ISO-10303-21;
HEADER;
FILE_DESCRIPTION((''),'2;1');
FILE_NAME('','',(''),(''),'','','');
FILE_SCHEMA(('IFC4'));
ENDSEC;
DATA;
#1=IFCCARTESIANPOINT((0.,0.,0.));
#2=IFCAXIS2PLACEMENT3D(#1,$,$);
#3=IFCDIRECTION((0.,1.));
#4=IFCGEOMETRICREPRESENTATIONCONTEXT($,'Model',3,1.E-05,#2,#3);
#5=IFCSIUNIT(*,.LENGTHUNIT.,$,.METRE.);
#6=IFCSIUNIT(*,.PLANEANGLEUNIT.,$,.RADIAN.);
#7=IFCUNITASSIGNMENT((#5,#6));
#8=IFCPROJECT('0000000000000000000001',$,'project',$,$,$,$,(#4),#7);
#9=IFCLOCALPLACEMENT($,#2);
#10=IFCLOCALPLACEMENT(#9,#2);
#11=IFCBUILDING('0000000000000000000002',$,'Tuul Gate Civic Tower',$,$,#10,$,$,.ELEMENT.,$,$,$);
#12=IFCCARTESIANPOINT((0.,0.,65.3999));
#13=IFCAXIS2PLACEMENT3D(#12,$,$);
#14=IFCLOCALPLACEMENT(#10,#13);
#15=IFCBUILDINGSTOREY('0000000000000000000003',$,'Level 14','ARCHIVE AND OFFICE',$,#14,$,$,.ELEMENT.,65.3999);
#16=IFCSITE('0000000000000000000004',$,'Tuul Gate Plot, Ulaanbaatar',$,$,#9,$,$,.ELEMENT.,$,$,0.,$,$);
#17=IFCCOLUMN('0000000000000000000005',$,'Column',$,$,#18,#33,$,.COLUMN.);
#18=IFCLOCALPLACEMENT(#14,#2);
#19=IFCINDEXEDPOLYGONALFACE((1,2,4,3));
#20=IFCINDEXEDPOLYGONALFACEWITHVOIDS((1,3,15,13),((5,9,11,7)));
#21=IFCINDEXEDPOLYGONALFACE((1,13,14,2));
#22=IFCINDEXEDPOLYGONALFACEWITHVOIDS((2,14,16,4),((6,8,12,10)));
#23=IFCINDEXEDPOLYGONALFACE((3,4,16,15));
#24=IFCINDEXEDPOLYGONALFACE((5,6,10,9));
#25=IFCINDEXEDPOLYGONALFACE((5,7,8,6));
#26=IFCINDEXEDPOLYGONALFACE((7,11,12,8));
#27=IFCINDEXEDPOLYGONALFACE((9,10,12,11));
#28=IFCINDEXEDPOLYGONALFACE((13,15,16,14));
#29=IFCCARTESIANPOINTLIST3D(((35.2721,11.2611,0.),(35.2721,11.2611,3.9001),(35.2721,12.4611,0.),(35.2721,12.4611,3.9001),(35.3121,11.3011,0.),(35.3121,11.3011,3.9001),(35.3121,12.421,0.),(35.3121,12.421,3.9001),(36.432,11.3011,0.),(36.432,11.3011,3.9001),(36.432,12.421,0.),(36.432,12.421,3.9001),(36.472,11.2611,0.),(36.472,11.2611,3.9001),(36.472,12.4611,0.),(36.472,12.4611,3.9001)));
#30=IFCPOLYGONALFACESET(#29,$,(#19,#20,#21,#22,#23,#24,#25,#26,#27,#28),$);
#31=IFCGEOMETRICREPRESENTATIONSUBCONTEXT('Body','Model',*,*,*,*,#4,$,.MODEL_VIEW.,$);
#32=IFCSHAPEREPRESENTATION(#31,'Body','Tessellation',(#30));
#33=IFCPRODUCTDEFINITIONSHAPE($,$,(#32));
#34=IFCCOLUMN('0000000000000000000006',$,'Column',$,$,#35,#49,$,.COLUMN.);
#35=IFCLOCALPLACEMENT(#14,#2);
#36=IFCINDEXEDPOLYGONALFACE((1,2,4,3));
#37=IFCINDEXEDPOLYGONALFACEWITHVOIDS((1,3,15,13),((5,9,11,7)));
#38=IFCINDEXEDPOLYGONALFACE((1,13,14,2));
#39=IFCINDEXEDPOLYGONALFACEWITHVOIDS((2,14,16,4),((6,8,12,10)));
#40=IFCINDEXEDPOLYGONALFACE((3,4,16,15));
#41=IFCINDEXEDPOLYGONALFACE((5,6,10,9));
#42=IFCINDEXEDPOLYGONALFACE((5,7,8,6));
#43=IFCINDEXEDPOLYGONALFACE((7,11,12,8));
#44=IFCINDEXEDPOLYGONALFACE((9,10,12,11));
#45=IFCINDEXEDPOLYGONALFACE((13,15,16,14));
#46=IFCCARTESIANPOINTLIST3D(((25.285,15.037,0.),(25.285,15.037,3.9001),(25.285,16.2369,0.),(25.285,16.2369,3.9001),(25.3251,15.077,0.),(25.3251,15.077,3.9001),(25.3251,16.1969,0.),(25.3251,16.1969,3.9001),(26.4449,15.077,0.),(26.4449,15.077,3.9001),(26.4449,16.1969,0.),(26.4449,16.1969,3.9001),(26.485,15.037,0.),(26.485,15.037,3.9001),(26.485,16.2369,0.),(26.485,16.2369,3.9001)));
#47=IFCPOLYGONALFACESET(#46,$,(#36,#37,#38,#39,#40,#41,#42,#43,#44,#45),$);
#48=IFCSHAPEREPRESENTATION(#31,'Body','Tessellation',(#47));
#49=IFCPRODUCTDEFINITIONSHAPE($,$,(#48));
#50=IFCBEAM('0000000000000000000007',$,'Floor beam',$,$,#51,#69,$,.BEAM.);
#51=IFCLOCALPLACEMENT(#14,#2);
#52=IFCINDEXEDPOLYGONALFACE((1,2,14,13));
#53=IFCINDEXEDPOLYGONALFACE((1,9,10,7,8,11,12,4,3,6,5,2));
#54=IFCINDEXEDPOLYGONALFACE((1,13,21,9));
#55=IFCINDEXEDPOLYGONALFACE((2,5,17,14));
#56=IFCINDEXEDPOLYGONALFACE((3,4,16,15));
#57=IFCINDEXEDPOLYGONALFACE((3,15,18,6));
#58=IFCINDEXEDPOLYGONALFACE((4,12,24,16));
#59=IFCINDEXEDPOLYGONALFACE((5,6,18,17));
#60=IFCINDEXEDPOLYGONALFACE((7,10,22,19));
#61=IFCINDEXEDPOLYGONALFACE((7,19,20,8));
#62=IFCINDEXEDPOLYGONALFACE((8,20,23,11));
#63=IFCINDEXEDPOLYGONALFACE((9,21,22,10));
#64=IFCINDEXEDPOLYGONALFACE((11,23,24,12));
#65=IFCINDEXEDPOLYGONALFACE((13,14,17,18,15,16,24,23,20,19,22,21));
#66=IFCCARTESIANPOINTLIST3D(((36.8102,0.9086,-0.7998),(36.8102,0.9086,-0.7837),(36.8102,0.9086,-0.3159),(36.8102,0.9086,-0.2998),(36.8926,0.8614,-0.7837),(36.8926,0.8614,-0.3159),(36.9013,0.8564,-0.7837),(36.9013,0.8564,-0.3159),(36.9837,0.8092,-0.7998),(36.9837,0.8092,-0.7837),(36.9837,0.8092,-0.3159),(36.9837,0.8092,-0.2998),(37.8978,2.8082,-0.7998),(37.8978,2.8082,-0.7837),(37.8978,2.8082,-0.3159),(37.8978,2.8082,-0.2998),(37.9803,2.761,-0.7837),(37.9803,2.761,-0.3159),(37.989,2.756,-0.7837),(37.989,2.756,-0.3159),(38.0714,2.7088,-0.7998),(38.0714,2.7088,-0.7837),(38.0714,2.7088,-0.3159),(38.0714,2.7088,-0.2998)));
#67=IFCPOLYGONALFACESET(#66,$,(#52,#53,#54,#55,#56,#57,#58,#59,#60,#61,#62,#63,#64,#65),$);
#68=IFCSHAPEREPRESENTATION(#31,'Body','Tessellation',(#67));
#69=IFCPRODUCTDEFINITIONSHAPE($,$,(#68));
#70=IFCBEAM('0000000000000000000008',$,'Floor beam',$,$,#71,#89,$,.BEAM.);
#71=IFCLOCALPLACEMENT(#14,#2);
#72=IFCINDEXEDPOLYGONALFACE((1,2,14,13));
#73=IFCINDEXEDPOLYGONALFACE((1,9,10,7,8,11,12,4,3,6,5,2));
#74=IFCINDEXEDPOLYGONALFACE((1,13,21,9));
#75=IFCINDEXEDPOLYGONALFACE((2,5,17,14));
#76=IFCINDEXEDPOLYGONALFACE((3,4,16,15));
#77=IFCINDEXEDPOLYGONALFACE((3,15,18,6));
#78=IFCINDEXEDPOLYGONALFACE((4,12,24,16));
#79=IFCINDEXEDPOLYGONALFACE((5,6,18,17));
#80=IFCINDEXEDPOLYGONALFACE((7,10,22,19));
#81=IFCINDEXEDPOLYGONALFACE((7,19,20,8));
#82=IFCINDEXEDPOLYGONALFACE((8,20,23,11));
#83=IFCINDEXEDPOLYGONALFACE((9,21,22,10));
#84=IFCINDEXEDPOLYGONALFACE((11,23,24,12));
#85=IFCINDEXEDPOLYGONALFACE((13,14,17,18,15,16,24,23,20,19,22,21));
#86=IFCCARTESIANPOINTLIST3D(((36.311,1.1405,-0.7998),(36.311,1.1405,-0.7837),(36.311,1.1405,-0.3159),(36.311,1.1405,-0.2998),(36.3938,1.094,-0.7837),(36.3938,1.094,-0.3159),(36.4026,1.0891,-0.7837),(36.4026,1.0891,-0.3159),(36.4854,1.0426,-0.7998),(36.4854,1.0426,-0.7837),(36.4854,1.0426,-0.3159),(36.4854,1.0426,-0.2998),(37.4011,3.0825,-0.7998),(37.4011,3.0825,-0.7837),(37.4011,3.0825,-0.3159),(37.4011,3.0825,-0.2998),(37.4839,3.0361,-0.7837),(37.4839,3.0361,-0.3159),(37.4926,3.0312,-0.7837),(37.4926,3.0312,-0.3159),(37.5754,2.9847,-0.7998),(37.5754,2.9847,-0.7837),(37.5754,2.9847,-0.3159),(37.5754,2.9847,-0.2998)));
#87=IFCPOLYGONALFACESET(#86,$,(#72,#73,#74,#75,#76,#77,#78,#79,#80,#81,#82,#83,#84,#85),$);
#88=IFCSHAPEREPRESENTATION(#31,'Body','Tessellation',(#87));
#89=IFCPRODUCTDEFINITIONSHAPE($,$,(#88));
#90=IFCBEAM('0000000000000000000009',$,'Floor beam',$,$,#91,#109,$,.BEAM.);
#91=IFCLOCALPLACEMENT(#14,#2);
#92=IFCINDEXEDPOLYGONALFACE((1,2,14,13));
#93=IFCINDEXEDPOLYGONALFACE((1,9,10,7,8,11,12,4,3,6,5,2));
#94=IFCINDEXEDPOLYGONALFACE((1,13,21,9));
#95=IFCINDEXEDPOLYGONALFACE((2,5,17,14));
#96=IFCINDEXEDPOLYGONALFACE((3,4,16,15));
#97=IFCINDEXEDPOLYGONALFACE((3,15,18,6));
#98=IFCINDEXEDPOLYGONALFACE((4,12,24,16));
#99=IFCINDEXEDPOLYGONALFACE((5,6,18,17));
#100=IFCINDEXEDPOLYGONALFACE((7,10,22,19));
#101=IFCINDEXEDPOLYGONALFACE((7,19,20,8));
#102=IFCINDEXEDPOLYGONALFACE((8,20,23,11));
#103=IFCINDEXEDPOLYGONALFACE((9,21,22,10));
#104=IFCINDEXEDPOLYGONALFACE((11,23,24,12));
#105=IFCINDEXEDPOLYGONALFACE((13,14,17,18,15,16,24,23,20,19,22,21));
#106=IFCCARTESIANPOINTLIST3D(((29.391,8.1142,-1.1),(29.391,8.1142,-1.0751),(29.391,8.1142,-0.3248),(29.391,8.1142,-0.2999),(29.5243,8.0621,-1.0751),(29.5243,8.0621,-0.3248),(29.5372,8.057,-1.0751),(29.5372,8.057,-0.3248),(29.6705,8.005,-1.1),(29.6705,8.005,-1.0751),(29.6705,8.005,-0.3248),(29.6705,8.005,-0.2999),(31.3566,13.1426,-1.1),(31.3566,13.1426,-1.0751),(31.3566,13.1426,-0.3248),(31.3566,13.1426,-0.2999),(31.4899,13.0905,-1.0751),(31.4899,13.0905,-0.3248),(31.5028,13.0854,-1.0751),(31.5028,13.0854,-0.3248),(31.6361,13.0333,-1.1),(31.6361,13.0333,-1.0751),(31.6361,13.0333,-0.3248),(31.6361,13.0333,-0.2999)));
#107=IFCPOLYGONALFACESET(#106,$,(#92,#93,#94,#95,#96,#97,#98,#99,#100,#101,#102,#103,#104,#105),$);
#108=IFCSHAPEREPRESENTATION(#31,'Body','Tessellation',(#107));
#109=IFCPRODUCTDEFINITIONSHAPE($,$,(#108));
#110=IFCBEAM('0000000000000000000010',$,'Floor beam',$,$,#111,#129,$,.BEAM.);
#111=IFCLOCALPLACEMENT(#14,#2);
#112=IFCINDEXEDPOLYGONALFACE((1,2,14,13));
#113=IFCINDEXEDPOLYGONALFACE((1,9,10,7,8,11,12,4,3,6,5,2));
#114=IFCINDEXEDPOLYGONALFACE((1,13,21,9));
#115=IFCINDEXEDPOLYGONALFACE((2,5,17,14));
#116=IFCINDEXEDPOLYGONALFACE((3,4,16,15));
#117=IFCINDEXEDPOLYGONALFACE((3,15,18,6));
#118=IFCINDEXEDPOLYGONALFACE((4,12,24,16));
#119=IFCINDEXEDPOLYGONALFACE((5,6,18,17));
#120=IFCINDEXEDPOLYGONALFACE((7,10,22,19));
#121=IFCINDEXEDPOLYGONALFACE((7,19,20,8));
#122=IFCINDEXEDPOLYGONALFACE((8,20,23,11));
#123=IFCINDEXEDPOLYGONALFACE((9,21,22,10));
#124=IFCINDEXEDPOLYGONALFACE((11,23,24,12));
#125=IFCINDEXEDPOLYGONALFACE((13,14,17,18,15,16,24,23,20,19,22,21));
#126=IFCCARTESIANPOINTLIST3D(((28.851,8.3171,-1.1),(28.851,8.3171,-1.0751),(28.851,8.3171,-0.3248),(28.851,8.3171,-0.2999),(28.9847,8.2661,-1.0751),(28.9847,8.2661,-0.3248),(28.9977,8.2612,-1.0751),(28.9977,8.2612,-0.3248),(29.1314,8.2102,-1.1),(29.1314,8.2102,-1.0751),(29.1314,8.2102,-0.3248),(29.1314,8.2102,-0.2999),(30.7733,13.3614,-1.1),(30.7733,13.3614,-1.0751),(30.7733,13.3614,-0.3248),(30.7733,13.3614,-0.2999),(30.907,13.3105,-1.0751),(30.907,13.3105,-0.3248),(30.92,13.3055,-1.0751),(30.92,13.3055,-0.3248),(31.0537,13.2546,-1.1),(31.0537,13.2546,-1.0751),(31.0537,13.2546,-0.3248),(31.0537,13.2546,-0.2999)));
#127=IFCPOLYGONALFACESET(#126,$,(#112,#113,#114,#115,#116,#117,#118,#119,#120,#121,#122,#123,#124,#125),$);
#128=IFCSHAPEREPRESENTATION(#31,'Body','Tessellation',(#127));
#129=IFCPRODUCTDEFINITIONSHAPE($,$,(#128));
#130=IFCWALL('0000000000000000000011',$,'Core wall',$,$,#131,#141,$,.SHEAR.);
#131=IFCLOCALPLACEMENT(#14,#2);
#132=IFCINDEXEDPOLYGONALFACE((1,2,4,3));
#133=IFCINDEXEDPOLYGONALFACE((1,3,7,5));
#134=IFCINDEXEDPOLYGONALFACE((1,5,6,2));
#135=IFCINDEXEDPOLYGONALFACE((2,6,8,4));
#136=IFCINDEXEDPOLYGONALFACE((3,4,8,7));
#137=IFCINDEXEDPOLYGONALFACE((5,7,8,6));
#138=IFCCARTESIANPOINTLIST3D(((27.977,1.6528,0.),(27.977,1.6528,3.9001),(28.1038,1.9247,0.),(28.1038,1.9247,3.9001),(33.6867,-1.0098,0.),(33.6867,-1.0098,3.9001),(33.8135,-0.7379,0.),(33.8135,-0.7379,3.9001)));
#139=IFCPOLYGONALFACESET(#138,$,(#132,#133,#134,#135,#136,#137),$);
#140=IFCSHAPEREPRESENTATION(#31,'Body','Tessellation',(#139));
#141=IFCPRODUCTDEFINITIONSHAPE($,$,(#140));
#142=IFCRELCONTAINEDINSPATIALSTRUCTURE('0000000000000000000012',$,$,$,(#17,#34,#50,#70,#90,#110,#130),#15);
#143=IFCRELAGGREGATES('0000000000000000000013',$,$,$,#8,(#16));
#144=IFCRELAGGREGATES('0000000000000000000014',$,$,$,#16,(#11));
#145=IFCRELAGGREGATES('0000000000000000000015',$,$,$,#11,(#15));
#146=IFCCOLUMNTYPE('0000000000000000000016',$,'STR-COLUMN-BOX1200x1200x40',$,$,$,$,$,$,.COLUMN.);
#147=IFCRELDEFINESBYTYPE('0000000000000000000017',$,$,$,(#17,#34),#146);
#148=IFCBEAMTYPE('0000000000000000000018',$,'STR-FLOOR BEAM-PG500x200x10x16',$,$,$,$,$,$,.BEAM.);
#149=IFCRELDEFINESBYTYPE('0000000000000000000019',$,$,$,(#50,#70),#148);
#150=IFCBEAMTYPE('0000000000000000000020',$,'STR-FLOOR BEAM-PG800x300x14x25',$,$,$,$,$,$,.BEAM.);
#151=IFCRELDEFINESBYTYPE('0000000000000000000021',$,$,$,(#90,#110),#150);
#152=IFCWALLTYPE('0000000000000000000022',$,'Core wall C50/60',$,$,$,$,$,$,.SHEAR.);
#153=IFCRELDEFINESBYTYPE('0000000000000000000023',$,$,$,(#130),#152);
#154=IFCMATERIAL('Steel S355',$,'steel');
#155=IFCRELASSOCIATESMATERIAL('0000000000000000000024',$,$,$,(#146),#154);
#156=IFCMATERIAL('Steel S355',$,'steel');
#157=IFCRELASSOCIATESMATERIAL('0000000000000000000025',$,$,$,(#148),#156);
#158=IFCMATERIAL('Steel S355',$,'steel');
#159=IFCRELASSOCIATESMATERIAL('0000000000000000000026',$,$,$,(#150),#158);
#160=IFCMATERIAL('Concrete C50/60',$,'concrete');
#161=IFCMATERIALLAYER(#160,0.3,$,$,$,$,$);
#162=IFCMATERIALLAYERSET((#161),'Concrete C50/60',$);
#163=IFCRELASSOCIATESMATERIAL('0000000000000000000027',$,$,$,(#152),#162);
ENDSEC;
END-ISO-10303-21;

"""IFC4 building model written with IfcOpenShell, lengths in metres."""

from ifc_helpers import new_model, si_unit, direction, frame, frame_2d, origin, origin_2d, place, context, subcontext, project, spatial, rectangle, hollow_rectangle, i_section, extrude, material, layer, layer_set, material_profile, profile_set, type_object, element, save


model = new_model("IFC4")

# Units and contexts
model_context = context("Model", 3, precision=1e-05, world=origin(), true_north=direction((0.0, 1.0)))
body_context = subcontext(model_context, "Body", "Model", "MODEL_VIEW")
ifc_project = project(units=[si_unit("LENGTHUNIT", "METRE"), si_unit("PLANEANGLEUNIT", "RADIAN")], contexts=[model_context])

# Site, building, storey
site_placement = place(None, origin())
site = spatial("IfcSite", under=ifc_project, at=site_placement, Name="Tuul Gate Plot, Ulaanbaatar", CompositionType="ELEMENT", RefElevation=0.0)
building_placement = place(site_placement, origin())
building = spatial("IfcBuilding", under=site, at=building_placement, Name="Tuul Gate Civic Tower", CompositionType="ELEMENT")
storey_placement = place(building_placement, frame((0.0, 0.0, 65.3999)))
storey = spatial("IfcBuildingStorey", under=building, at=storey_placement, Name="Level 14", Description="ARCHIVE AND OFFICE", CompositionType="ELEMENT", Elevation=65.3999)

# Columns
ifc_material_1 = material(Name="Steel S355", Category="steel")
ifc_material_profile_1 = material_profile(ifc_material_1, hollow_rectangle(XDim=1.2, YDim=1.2, WallThickness=0.04, at=origin_2d()), Name="BOX1200x1200x40")
ifc_profile_set_1 = profile_set([ifc_material_profile_1], Name="Steel S355")
column_type = type_object("IfcColumnType", Name="STR-COLUMN-BOX1200x1200x40", PredefinedType="COLUMN", material=ifc_profile_set_1)
for number, where, z_axis, x_axis, name in (
    (1, (35.8721, 11.8611, 0.0), (0.0, 0.0, 1.0), (1.0, 0.0, 0.0), "Column"),
    (2, (25.885, 15.637, 0.0), (0.0, 0.0, 1.0), (1.0, 0.0, 0.0), "Column"),
):
    element("IfcColumn", number, at=place(storey_placement, frame(where, z_axis=z_axis, x_axis=x_axis)), inside=storey, type_object=column_type, Name=name, PredefinedType="COLUMN", context=body_context, shape_type="SweptSolid", body=[
        extrude(hollow_rectangle(XDim=1.2, YDim=1.2, WallThickness=0.04, at=origin_2d()), origin(), (0.0, 0.0, 1.0), 3.9001),
    ])

# Beams
ifc_material_2 = material(Name="Steel S355", Category="steel")
ifc_material_profile_2 = material_profile(ifc_material_2, i_section(OverallWidth=0.2, OverallDepth=0.5, WebThickness=0.01, FlangeThickness=0.0161, at=origin_2d()), Name="PG500x200x10x16")
ifc_profile_set_2 = profile_set([ifc_material_profile_2], Name="Steel S355")
beam_type_1 = type_object("IfcBeamType", Name="STR-FLOOR BEAM-PG500x200x10x16", PredefinedType="BEAM", material=ifc_profile_set_2)
beam_1_placement = place(storey_placement, frame((36.897, 0.8589, -0.5498), z_axis=(0.496871, 0.867824, 0.0), x_axis=(-0.867824, 0.496871, 0.0)))
element("IfcBeam", 3, at=beam_1_placement, inside=storey, type_object=beam_type_1, Name="Floor beam", PredefinedType="BEAM", context=body_context, shape_type="SweptSolid", body=[
    extrude(i_section(OverallWidth=0.2, OverallDepth=0.5, WebThickness=0.01, FlangeThickness=0.0161, at=origin_2d()), origin(), (0.0, 0.0, 1.0), 2.189),
])
beam_2_placement = place(storey_placement, frame((36.3982, 1.0916, -0.5498), z_axis=(0.489454, 0.872029, 0.0), x_axis=(-0.872029, 0.489454, 0.0)))
element("IfcBeam", 4, at=beam_2_placement, inside=storey, type_object=beam_type_1, Name="Floor beam", PredefinedType="BEAM", context=body_context, shape_type="SweptSolid", body=[
    extrude(i_section(OverallWidth=0.2, OverallDepth=0.5, WebThickness=0.01, FlangeThickness=0.0161, at=origin_2d()), origin(), (0.0, 0.0, 1.0), 2.2271),
])
ifc_material_3 = material(Name="Steel S355", Category="steel")
ifc_material_profile_3 = material_profile(ifc_material_3, i_section(OverallWidth=0.3, OverallDepth=0.8, WebThickness=0.0139, FlangeThickness=0.0249, at=origin_2d()), Name="PG800x300x14x25")
ifc_profile_set_3 = profile_set([ifc_material_profile_3], Name="Steel S355")
beam_type_2 = type_object("IfcBeamType", Name="STR-FLOOR BEAM-PG800x300x14x25", PredefinedType="BEAM", material=ifc_profile_set_3)
beam_3_placement = place(storey_placement, frame((29.5308, 8.0596, -0.7), z_axis=(0.364074, 0.93137, 0.0), x_axis=(-0.93137, 0.364074, 0.0)))
element("IfcBeam", 5, at=beam_3_placement, inside=storey, type_object=beam_type_2, Name="Floor beam", PredefinedType="BEAM", context=body_context, shape_type="SweptSolid", body=[
    extrude(i_section(OverallWidth=0.3, OverallDepth=0.8, WebThickness=0.0139, FlangeThickness=0.0249, at=origin_2d()), origin(), (0.0, 0.0, 1.0), 5.3989),
])
beam_4_placement = place(storey_placement, frame((28.9912, 8.2637, -0.7), z_axis=(0.356104, 0.934446, 0.0), x_axis=(-0.934446, 0.356104, 0.0)))
element("IfcBeam", 6, at=beam_4_placement, inside=storey, type_object=beam_type_2, Name="Floor beam", PredefinedType="BEAM", context=body_context, shape_type="SweptSolid", body=[
    extrude(i_section(OverallWidth=0.3, OverallDepth=0.8, WebThickness=0.0139, FlangeThickness=0.0249, at=origin_2d()), origin(), (0.0, 0.0, 1.0), 5.3982),
])

# Wall
ifc_material_4 = material(Name="Concrete C50/60", Category="concrete")
ifc_layer_1 = layer(ifc_material_4, 0.3)
ifc_layer_set_1 = layer_set([ifc_layer_1], Name="Concrete C50/60")
wall_type_1 = type_object("IfcWallType", Name="Core wall C50/60", PredefinedType="SHEAR", material=ifc_layer_set_1)
wall_1_placement = place(storey_placement, frame((33.75, -0.8738, 0.0), z_axis=(0.0, 0.0, 1.0), x_axis=(-0.906301, 0.422633, 0.0)))
element("IfcWall", 7, at=wall_1_placement, inside=storey, type_object=wall_type_1, Name="Core wall", PredefinedType="SHEAR", context=body_context, shape_type="SweptSolid", body=[
    extrude(rectangle(XDim=6.3, YDim=0.3, at=frame_2d((3.1499, 0.0))), origin(), (0.0, 0.0, 1.0), 3.9001),
])

save(model, "model.ifc")
